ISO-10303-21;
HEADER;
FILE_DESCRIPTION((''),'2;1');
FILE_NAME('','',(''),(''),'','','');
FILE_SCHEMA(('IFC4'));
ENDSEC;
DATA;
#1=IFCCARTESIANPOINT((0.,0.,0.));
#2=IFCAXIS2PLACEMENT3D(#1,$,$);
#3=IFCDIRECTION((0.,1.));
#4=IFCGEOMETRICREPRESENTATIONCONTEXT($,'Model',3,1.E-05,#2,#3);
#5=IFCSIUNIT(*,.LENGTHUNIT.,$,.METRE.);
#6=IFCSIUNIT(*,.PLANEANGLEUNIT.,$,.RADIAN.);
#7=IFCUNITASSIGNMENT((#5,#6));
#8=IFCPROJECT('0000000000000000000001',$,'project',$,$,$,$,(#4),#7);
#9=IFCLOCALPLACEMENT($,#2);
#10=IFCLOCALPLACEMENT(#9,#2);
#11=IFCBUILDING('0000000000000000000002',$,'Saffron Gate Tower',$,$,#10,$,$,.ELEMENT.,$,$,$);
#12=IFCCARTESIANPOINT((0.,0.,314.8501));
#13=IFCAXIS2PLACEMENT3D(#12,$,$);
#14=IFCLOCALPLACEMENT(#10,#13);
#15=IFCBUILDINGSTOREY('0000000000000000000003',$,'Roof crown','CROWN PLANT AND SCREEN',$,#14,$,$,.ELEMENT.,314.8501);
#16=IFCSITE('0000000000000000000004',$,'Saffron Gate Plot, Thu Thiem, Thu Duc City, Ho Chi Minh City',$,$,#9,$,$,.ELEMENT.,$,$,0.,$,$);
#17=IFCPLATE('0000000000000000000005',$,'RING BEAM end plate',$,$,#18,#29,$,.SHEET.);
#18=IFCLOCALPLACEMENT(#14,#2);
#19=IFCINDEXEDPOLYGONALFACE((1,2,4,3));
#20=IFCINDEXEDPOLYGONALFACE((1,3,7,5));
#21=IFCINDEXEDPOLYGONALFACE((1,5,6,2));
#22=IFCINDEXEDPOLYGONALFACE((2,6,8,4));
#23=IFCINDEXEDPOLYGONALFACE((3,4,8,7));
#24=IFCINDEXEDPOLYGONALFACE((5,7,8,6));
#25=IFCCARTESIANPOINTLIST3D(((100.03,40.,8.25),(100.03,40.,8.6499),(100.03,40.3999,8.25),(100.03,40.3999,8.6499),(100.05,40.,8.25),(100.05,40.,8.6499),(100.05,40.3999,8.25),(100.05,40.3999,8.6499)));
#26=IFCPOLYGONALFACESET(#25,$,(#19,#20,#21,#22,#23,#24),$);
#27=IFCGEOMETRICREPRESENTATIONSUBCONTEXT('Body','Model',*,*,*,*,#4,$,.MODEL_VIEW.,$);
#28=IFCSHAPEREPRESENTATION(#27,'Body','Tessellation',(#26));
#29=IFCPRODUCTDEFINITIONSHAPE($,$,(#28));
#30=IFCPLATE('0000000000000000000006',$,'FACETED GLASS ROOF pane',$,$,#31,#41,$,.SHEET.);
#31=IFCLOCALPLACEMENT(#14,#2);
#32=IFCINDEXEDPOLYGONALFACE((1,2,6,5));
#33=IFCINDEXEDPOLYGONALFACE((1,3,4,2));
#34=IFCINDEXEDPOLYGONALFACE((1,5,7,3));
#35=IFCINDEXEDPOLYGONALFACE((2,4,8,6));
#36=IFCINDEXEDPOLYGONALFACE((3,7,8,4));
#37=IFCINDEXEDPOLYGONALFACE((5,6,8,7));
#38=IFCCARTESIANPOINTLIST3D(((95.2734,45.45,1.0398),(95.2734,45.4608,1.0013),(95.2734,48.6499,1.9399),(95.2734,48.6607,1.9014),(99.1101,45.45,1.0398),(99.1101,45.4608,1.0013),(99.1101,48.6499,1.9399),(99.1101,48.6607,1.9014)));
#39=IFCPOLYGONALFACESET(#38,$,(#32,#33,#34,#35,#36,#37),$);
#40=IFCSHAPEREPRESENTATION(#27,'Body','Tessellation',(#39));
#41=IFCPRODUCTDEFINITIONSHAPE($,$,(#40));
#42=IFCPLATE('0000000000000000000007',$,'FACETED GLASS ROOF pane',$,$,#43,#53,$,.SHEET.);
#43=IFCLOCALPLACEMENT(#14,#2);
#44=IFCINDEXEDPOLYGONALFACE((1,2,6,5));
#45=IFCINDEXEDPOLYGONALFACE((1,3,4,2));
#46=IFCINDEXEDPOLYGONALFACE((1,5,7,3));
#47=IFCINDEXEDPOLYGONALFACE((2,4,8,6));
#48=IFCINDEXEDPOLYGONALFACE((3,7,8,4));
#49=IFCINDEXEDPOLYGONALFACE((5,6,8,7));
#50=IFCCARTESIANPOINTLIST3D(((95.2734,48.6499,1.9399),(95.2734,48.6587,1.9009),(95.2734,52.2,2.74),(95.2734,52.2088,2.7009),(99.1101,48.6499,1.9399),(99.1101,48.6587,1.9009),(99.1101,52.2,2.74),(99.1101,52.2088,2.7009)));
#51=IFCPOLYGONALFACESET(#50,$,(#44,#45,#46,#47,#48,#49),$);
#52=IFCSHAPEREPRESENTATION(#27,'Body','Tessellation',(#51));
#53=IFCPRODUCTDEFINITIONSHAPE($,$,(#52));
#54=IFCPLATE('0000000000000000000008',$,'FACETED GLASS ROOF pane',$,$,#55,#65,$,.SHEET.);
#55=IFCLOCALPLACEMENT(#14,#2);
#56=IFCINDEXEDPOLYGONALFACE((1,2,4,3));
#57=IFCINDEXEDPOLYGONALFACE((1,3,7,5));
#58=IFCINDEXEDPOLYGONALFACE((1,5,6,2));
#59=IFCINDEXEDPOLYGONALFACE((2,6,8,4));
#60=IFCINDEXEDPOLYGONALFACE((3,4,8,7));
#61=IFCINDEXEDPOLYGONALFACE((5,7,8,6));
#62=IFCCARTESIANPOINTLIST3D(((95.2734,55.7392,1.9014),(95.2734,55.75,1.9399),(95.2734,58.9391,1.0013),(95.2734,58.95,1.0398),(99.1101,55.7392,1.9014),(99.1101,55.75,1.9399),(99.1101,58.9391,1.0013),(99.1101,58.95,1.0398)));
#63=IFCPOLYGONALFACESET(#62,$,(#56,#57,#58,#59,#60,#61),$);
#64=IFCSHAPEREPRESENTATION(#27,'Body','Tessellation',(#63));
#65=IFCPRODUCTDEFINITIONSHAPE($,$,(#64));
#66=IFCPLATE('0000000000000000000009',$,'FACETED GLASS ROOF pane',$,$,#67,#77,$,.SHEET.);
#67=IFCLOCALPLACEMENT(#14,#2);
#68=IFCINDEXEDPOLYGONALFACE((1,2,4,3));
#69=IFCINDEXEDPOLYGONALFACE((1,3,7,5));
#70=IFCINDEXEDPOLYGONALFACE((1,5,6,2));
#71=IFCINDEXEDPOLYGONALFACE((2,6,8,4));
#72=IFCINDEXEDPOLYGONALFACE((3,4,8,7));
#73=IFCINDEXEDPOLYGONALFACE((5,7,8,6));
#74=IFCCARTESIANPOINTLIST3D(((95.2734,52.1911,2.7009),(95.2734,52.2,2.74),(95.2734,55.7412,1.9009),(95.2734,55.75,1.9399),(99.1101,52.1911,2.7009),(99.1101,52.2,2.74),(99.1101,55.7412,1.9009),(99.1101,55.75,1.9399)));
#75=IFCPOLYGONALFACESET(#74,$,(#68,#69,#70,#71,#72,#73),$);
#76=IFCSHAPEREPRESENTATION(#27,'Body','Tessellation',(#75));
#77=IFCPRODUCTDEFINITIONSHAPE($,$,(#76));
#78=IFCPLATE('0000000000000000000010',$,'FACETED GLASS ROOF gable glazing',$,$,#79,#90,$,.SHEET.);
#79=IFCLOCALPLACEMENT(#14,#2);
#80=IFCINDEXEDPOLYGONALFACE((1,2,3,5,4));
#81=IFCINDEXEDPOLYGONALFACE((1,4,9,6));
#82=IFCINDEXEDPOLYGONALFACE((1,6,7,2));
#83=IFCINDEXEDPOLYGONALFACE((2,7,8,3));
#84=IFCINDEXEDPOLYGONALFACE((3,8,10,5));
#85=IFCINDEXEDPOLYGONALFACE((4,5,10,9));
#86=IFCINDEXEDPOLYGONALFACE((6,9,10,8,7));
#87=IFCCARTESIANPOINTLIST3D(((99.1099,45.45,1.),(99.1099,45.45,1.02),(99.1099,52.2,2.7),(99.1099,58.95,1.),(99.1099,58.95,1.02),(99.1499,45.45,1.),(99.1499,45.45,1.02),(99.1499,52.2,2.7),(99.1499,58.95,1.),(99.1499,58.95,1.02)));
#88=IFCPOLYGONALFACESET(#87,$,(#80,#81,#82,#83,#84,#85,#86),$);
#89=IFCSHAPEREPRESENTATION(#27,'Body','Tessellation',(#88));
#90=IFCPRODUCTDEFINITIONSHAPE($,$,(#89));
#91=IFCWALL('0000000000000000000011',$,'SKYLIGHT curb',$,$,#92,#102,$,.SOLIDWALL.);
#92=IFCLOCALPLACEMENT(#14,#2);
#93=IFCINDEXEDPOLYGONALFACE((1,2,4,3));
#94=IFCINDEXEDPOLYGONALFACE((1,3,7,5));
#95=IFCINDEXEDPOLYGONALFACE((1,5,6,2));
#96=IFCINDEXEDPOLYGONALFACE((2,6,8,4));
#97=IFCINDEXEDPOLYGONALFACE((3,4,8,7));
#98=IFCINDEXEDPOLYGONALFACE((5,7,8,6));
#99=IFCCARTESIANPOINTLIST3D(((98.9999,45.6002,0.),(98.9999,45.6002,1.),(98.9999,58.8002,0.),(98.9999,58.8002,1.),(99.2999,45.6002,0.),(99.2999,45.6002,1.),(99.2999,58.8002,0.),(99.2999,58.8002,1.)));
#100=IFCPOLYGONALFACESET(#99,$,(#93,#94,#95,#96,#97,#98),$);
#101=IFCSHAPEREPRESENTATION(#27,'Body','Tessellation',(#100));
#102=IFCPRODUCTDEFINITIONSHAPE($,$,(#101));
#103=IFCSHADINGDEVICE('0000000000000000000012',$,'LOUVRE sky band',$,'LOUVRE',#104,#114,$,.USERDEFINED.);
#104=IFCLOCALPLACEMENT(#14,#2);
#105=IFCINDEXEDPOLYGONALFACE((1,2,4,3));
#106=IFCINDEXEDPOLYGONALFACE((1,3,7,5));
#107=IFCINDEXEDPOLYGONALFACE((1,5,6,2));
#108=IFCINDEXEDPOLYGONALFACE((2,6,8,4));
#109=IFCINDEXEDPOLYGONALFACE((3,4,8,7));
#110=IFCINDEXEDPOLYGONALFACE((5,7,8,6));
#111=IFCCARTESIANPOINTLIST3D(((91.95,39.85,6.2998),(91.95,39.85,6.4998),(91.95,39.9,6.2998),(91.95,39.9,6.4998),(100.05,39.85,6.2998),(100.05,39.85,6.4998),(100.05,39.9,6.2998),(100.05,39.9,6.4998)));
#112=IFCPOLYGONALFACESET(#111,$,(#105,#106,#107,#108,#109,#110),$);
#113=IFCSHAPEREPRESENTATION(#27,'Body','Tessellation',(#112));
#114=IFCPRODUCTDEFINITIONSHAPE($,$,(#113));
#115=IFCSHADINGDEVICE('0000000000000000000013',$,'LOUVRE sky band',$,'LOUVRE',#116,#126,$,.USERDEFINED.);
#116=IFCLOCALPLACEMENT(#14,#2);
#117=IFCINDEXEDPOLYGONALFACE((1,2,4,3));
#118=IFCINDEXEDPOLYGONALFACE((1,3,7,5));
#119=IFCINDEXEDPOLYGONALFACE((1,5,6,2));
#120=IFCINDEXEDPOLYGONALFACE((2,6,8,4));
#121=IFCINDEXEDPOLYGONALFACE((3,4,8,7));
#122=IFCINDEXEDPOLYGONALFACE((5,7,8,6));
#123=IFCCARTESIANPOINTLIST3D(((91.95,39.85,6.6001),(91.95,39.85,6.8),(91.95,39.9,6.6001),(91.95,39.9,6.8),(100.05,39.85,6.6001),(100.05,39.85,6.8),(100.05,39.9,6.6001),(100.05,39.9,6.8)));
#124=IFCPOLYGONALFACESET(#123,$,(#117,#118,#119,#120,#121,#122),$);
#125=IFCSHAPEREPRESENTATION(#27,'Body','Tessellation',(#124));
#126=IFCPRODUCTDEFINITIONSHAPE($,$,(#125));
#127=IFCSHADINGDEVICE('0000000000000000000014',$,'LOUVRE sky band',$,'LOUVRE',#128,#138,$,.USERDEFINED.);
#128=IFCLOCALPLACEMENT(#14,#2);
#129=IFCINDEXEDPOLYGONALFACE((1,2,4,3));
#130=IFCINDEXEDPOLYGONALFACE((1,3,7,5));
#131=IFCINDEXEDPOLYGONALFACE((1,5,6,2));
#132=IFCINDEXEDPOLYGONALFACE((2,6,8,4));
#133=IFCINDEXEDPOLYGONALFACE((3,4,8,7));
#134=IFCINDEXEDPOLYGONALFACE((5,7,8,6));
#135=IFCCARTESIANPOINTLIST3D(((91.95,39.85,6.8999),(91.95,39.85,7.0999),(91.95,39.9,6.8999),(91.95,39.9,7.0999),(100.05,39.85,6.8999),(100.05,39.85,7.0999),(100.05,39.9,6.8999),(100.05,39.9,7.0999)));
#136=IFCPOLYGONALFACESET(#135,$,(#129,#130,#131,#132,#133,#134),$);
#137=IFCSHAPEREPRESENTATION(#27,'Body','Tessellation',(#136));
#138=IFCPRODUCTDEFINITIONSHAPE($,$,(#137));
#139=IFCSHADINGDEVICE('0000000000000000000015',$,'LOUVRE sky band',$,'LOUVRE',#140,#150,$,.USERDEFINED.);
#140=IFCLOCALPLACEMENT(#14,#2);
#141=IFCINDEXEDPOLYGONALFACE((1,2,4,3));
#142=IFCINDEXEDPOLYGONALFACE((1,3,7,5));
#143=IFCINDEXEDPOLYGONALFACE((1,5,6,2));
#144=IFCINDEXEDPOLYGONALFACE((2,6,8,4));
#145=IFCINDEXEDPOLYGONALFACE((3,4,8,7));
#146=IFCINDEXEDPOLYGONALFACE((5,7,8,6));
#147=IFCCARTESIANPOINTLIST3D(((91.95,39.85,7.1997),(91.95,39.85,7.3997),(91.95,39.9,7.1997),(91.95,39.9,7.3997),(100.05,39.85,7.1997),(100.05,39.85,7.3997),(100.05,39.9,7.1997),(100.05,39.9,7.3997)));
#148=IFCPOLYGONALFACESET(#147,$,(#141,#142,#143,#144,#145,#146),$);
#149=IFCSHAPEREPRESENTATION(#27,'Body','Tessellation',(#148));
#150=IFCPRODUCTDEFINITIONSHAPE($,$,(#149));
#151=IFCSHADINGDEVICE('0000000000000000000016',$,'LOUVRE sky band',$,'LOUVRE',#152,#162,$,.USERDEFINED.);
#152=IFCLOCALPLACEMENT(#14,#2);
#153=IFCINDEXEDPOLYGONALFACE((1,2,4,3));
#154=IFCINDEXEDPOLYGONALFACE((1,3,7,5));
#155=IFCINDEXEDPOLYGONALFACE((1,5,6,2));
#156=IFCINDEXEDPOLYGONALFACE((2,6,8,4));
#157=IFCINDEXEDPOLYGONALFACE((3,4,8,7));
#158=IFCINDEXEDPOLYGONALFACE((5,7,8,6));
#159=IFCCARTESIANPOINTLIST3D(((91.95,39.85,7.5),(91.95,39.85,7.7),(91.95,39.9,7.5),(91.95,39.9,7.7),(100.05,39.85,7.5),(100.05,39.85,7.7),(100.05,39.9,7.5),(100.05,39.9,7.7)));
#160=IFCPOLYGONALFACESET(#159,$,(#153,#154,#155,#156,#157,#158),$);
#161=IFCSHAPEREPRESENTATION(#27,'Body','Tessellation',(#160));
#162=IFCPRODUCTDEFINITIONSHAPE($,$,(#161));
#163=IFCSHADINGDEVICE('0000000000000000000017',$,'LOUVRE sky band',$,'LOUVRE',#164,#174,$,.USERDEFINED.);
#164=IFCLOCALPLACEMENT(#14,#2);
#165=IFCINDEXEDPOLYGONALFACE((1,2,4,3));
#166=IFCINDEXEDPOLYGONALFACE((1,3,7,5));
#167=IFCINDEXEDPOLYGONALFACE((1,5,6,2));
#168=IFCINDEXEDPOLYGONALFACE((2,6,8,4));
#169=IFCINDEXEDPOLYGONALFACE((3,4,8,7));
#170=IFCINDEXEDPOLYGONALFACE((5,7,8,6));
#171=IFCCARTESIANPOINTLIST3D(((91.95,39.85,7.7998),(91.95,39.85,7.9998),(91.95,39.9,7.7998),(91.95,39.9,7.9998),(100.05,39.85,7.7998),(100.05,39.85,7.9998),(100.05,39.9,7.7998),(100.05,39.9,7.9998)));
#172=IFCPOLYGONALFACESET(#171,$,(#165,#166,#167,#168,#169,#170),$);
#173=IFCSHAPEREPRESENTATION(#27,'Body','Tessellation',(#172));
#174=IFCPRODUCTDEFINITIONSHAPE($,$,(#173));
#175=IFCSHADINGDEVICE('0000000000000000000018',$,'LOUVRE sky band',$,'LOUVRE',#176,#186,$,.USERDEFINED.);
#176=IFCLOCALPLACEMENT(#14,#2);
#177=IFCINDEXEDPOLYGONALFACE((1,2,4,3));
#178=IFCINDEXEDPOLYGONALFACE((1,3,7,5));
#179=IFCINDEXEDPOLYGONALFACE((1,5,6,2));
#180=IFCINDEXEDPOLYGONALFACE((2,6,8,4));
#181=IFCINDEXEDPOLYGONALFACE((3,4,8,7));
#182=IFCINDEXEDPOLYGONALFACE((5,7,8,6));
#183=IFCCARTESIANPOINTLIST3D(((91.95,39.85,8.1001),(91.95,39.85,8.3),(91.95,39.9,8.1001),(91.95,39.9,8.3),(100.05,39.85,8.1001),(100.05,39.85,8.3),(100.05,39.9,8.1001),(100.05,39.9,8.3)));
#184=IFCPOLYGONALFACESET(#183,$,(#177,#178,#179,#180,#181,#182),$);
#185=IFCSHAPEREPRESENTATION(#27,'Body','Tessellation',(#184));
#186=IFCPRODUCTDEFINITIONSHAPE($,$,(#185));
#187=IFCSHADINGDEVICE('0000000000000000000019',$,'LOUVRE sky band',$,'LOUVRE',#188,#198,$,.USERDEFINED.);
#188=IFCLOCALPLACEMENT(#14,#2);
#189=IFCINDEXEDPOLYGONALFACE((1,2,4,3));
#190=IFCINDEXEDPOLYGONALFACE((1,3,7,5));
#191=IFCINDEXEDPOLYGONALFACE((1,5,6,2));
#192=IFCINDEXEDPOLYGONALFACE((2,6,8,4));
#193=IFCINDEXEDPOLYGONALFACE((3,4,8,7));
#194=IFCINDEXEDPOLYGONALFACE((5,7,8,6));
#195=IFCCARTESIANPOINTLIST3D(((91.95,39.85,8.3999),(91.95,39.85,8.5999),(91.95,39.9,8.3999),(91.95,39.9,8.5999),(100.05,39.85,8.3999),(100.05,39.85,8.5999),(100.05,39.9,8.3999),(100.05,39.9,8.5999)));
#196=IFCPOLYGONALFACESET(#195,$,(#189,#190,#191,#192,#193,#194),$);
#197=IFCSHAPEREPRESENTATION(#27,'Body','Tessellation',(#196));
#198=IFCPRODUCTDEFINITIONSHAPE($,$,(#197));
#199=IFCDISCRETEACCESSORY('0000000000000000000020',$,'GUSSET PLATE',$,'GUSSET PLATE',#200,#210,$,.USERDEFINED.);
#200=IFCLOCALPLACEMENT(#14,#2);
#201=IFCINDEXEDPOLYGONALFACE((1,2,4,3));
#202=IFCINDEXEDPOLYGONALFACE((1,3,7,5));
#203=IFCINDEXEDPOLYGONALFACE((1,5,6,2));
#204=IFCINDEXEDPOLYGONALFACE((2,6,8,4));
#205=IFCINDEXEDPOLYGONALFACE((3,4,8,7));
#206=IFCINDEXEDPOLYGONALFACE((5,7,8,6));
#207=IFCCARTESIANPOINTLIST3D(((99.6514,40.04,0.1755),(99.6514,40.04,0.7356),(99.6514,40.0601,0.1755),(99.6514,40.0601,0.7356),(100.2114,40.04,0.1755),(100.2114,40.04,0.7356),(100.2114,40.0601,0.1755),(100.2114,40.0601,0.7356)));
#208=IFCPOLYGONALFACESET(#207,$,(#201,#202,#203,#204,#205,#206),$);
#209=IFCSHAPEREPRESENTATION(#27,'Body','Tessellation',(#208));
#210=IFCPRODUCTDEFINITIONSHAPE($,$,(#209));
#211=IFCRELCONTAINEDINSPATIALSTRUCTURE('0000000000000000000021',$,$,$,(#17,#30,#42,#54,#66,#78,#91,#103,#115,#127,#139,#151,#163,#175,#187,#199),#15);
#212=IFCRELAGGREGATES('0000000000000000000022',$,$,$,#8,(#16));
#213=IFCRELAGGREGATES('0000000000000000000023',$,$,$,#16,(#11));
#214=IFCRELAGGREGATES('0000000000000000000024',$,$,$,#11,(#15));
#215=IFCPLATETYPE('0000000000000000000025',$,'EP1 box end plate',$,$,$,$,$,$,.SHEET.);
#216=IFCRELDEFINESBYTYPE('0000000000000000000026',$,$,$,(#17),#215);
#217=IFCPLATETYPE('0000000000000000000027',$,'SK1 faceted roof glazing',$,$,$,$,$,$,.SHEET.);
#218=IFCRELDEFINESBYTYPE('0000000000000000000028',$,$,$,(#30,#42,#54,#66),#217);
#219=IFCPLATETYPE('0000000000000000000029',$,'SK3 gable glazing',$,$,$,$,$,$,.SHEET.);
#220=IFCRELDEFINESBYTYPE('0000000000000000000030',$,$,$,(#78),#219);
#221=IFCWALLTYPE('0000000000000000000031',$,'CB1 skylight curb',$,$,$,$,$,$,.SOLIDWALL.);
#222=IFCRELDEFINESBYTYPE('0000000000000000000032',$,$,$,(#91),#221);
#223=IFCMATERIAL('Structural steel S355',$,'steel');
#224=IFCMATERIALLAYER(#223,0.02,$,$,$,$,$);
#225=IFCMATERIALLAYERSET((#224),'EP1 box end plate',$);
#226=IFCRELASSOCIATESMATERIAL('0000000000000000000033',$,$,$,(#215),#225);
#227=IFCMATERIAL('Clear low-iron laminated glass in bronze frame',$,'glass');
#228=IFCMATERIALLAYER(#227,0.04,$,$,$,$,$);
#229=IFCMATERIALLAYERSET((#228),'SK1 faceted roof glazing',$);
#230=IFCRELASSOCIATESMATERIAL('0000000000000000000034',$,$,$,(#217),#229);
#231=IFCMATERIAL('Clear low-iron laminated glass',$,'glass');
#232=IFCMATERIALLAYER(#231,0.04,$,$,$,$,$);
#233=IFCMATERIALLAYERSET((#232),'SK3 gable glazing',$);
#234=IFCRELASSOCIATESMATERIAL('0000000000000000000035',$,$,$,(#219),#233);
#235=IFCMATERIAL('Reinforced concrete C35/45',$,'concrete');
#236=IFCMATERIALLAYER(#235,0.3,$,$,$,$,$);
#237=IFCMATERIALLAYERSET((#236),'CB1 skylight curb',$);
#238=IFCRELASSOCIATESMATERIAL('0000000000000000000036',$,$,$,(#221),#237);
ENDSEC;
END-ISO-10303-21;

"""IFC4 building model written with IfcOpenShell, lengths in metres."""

from ifc_helpers import new_model, si_unit, direction, frame, frame_2d, origin, origin_2d, place, context, subcontext, project, spatial, polyline, rectangle, outline, extrude, material, layer, layer_set, type_object, element, save


model = new_model("IFC4")

# Units and contexts
model_context = context("Model", 3, precision=1e-05, world=origin(), true_north=direction((0.0, 1.0)))
body_context = subcontext(model_context, "Body", "Model", "MODEL_VIEW")
ifc_project = project(units=[si_unit("LENGTHUNIT", "METRE"), si_unit("PLANEANGLEUNIT", "RADIAN")], contexts=[model_context])

# Site, building, storey
site_placement = place(None, origin())
site = spatial("IfcSite", under=ifc_project, at=site_placement, Name="Saffron Gate Plot, Thu Thiem, Thu Duc City, Ho Chi Minh City", CompositionType="ELEMENT", RefElevation=0.0)
building_placement = place(site_placement, origin())
building = spatial("IfcBuilding", under=site, at=building_placement, Name="Saffron Gate Tower", CompositionType="ELEMENT")
storey_placement = place(building_placement, frame((0.0, 0.0, 314.8501)))
storey = spatial("IfcBuildingStorey", under=building, at=storey_placement, Name="Roof crown", Description="CROWN PLANT AND SCREEN", CompositionType="ELEMENT", Elevation=314.8501)

# Shared definitions
ifc_material_1 = material(Name="Structural steel S355", Category="steel")

# Plates
ifc_material_2 = material(Name="Clear low-iron laminated glass in bronze frame", Category="glass")
ifc_layer_1 = layer(ifc_material_1, 0.02)
ifc_layer_set_1 = layer_set([ifc_layer_1], Name="EP1 box end plate")
plate_type_1 = type_object("IfcPlateType", Name="EP1 box end plate", PredefinedType="SHEET", material=ifc_layer_set_1)
plate_1_placement = place(storey_placement, frame((100.04, 40.2, 8.25), z_axis=(0.0, 0.0, 1.0), x_axis=(1.0, 0.0, 0.0)))
element("IfcPlate", 1, at=plate_1_placement, inside=storey, type_object=plate_type_1, Name="RING BEAM end plate", PredefinedType="SHEET", context=body_context, shape_type="SweptSolid", body=[
    extrude(rectangle(XDim=0.02, YDim=0.3999, at=origin_2d()), origin(), (0.0, 0.0, 1.0), 0.3999),
])
ifc_layer_2 = layer(ifc_material_2, 0.04)
ifc_layer_set_2 = layer_set([ifc_layer_2], Name="SK1 faceted roof glazing")
plate_type_2 = type_object("IfcPlateType", Name="SK1 faceted roof glazing", PredefinedType="SHEET", material=ifc_layer_set_2)
plate_2_placement = place(storey_placement, frame((95.2734, 45.45, 1.0398), z_axis=(0.0, -0.27079, 0.962638), x_axis=(1.0, 0.0, 0.0)))
element("IfcPlate", 2, at=plate_2_placement, inside=storey, type_object=plate_type_2, Name="FACETED GLASS ROOF pane", PredefinedType="SHEET", context=body_context, shape_type="SweptSolid", body=[
    extrude(outline(polyline([(0.0, 0.0), (3.8367, 0.0), (3.8367, 3.3241), (0.0, 3.3241), (0.0, 0.0)])), origin(), (0.0, 0.0, -1.0), 0.04),
])
plate_3_placement = place(storey_placement, frame((95.2734, 48.6499, 1.9399), z_axis=(0.0, -0.219849, 0.975534), x_axis=(1.0, 0.0, 0.0)))
element("IfcPlate", 3, at=plate_3_placement, inside=storey, type_object=plate_type_2, Name="FACETED GLASS ROOF pane", PredefinedType="SHEET", context=body_context, shape_type="SweptSolid", body=[
    extrude(outline(polyline([(0.0, 0.0), (3.8367, 0.0), (3.8367, 3.6391), (0.0, 3.6391), (0.0, 0.0)])), origin(), (0.0, 0.0, -1.0), 0.04),
])
plate_4_placement = place(storey_placement, frame((95.2734, 55.75, 1.9399), z_axis=(0.0, 0.27079, 0.962638), x_axis=(1.0, 0.0, 0.0)))
element("IfcPlate", 4, at=plate_4_placement, inside=storey, type_object=plate_type_2, Name="FACETED GLASS ROOF pane", PredefinedType="SHEET", context=body_context, shape_type="SweptSolid", body=[
    extrude(outline(polyline([(0.0, 0.0), (3.8367, 0.0), (3.8367, 3.3241), (0.0, 3.3241), (0.0, 0.0)])), origin(), (0.0, 0.0, -1.0), 0.04),
])
plate_5_placement = place(storey_placement, frame((95.2734, 52.2, 2.74), z_axis=(0.0, 0.219849, 0.975534), x_axis=(1.0, 0.0, 0.0)))
element("IfcPlate", 5, at=plate_5_placement, inside=storey, type_object=plate_type_2, Name="FACETED GLASS ROOF pane", PredefinedType="SHEET", context=body_context, shape_type="SweptSolid", body=[
    extrude(outline(polyline([(0.0, 0.0), (3.8367, 0.0), (3.8367, 3.6391), (0.0, 3.6391), (0.0, 0.0)])), origin(), (0.0, 0.0, -1.0), 0.04),
])
ifc_material_3 = material(Name="Clear low-iron laminated glass", Category="glass")
ifc_layer_3 = layer(ifc_material_3, 0.04)
ifc_layer_set_3 = layer_set([ifc_layer_3], Name="SK3 gable glazing")
plate_type_3 = type_object("IfcPlateType", Name="SK3 gable glazing", PredefinedType="SHEET", material=ifc_layer_set_3)
plate_6_placement = place(storey_placement, frame((99.1299, 45.45, 1.0), z_axis=(0.0, 0.0, 1.0), x_axis=(0.0, 1.0, 0.0)))
element("IfcPlate", 6, at=plate_6_placement, inside=storey, type_object=plate_type_3, Name="FACETED GLASS ROOF gable glazing", PredefinedType="SHEET", context=body_context, shape_type="SweptSolid", body=[
    extrude(outline(polyline([(0.0, 0.0), (13.5, 0.0), (13.5, 0.02), (6.75, 1.7), (0.0, 0.02), (0.0, 0.0)])), frame((0.0, 0.02, 0.0), z_axis=(0.0, -1.0, 0.0), x_axis=(1.0, 0.0, 0.0)), (0.0, 0.0, 1.0), 0.04),
])

# Wall
ifc_material_4 = material(Name="Reinforced concrete C35/45", Category="concrete")
ifc_layer_4 = layer(ifc_material_4, 0.3)
ifc_layer_set_4 = layer_set([ifc_layer_4], Name="CB1 skylight curb")
wall_type = type_object("IfcWallType", Name="CB1 skylight curb", PredefinedType="SOLIDWALL", material=ifc_layer_set_4)
wall_placement = place(storey_placement, frame((99.1499, 45.6001, 0.0), z_axis=(0.0, 0.0, 1.0), x_axis=(0.0, 1.0, 0.0)))
element("IfcWall", 7, at=wall_placement, inside=storey, type_object=wall_type, Name="SKYLIGHT curb", PredefinedType="SOLIDWALL", context=body_context, shape_type="SweptSolid", body=[
    extrude(rectangle(XDim=13.2, YDim=0.3, at=frame_2d((6.6001, 0.0))), origin(), (0.0, 0.0, 1.0), 1.0),
])

# Shading devices
for number, where, z_axis, x_axis, name in (
    (8, (96.0, 39.875, 6.2998), (0.0, 0.0, 1.0), (1.0, 0.0, 0.0), "LOUVRE sky band"),
    (9, (96.0, 39.875, 6.6001), (0.0, 0.0, 1.0), (1.0, 0.0, 0.0), "LOUVRE sky band"),
    (10, (96.0, 39.875, 6.8999), (0.0, 0.0, 1.0), (1.0, 0.0, 0.0), "LOUVRE sky band"),
    (11, (96.0, 39.875, 7.1997), (0.0, 0.0, 1.0), (1.0, 0.0, 0.0), "LOUVRE sky band"),
    (12, (96.0, 39.875, 7.5), (0.0, 0.0, 1.0), (1.0, 0.0, 0.0), "LOUVRE sky band"),
    (13, (96.0, 39.875, 7.7998), (0.0, 0.0, 1.0), (1.0, 0.0, 0.0), "LOUVRE sky band"),
    (14, (96.0, 39.875, 8.1001), (0.0, 0.0, 1.0), (1.0, 0.0, 0.0), "LOUVRE sky band"),
    (15, (96.0, 39.875, 8.3999), (0.0, 0.0, 1.0), (1.0, 0.0, 0.0), "LOUVRE sky band"),
):
    element("IfcShadingDevice", number, at=place(storey_placement, frame(where, z_axis=z_axis, x_axis=x_axis)), inside=storey, Name=name, ObjectType="LOUVRE", PredefinedType="USERDEFINED", context=body_context, shape_type="SweptSolid", body=[
        extrude(rectangle(XDim=8.1001, YDim=0.05, at=origin_2d()), origin(), (0.0, 0.0, 1.0), 0.2),
    ])

# Discrete accessory
for number, where, z_axis, x_axis, name in (
    (16, (99.9314, 40.05, 0.1755), (0.0, 0.0, 1.0), (-1.0, 0.0, 0.0), "GUSSET PLATE"),
):
    element("IfcDiscreteAccessory", number, at=place(storey_placement, frame(where, z_axis=z_axis, x_axis=x_axis)), inside=storey, Name=name, ObjectType="GUSSET PLATE", PredefinedType="USERDEFINED", context=body_context, shape_type="SweptSolid", body=[
        extrude(rectangle(XDim=0.5601, YDim=0.02, at=origin_2d()), origin(), (0.0, 0.0, 1.0), 0.5601),
    ])

save(model, "model.ifc")
